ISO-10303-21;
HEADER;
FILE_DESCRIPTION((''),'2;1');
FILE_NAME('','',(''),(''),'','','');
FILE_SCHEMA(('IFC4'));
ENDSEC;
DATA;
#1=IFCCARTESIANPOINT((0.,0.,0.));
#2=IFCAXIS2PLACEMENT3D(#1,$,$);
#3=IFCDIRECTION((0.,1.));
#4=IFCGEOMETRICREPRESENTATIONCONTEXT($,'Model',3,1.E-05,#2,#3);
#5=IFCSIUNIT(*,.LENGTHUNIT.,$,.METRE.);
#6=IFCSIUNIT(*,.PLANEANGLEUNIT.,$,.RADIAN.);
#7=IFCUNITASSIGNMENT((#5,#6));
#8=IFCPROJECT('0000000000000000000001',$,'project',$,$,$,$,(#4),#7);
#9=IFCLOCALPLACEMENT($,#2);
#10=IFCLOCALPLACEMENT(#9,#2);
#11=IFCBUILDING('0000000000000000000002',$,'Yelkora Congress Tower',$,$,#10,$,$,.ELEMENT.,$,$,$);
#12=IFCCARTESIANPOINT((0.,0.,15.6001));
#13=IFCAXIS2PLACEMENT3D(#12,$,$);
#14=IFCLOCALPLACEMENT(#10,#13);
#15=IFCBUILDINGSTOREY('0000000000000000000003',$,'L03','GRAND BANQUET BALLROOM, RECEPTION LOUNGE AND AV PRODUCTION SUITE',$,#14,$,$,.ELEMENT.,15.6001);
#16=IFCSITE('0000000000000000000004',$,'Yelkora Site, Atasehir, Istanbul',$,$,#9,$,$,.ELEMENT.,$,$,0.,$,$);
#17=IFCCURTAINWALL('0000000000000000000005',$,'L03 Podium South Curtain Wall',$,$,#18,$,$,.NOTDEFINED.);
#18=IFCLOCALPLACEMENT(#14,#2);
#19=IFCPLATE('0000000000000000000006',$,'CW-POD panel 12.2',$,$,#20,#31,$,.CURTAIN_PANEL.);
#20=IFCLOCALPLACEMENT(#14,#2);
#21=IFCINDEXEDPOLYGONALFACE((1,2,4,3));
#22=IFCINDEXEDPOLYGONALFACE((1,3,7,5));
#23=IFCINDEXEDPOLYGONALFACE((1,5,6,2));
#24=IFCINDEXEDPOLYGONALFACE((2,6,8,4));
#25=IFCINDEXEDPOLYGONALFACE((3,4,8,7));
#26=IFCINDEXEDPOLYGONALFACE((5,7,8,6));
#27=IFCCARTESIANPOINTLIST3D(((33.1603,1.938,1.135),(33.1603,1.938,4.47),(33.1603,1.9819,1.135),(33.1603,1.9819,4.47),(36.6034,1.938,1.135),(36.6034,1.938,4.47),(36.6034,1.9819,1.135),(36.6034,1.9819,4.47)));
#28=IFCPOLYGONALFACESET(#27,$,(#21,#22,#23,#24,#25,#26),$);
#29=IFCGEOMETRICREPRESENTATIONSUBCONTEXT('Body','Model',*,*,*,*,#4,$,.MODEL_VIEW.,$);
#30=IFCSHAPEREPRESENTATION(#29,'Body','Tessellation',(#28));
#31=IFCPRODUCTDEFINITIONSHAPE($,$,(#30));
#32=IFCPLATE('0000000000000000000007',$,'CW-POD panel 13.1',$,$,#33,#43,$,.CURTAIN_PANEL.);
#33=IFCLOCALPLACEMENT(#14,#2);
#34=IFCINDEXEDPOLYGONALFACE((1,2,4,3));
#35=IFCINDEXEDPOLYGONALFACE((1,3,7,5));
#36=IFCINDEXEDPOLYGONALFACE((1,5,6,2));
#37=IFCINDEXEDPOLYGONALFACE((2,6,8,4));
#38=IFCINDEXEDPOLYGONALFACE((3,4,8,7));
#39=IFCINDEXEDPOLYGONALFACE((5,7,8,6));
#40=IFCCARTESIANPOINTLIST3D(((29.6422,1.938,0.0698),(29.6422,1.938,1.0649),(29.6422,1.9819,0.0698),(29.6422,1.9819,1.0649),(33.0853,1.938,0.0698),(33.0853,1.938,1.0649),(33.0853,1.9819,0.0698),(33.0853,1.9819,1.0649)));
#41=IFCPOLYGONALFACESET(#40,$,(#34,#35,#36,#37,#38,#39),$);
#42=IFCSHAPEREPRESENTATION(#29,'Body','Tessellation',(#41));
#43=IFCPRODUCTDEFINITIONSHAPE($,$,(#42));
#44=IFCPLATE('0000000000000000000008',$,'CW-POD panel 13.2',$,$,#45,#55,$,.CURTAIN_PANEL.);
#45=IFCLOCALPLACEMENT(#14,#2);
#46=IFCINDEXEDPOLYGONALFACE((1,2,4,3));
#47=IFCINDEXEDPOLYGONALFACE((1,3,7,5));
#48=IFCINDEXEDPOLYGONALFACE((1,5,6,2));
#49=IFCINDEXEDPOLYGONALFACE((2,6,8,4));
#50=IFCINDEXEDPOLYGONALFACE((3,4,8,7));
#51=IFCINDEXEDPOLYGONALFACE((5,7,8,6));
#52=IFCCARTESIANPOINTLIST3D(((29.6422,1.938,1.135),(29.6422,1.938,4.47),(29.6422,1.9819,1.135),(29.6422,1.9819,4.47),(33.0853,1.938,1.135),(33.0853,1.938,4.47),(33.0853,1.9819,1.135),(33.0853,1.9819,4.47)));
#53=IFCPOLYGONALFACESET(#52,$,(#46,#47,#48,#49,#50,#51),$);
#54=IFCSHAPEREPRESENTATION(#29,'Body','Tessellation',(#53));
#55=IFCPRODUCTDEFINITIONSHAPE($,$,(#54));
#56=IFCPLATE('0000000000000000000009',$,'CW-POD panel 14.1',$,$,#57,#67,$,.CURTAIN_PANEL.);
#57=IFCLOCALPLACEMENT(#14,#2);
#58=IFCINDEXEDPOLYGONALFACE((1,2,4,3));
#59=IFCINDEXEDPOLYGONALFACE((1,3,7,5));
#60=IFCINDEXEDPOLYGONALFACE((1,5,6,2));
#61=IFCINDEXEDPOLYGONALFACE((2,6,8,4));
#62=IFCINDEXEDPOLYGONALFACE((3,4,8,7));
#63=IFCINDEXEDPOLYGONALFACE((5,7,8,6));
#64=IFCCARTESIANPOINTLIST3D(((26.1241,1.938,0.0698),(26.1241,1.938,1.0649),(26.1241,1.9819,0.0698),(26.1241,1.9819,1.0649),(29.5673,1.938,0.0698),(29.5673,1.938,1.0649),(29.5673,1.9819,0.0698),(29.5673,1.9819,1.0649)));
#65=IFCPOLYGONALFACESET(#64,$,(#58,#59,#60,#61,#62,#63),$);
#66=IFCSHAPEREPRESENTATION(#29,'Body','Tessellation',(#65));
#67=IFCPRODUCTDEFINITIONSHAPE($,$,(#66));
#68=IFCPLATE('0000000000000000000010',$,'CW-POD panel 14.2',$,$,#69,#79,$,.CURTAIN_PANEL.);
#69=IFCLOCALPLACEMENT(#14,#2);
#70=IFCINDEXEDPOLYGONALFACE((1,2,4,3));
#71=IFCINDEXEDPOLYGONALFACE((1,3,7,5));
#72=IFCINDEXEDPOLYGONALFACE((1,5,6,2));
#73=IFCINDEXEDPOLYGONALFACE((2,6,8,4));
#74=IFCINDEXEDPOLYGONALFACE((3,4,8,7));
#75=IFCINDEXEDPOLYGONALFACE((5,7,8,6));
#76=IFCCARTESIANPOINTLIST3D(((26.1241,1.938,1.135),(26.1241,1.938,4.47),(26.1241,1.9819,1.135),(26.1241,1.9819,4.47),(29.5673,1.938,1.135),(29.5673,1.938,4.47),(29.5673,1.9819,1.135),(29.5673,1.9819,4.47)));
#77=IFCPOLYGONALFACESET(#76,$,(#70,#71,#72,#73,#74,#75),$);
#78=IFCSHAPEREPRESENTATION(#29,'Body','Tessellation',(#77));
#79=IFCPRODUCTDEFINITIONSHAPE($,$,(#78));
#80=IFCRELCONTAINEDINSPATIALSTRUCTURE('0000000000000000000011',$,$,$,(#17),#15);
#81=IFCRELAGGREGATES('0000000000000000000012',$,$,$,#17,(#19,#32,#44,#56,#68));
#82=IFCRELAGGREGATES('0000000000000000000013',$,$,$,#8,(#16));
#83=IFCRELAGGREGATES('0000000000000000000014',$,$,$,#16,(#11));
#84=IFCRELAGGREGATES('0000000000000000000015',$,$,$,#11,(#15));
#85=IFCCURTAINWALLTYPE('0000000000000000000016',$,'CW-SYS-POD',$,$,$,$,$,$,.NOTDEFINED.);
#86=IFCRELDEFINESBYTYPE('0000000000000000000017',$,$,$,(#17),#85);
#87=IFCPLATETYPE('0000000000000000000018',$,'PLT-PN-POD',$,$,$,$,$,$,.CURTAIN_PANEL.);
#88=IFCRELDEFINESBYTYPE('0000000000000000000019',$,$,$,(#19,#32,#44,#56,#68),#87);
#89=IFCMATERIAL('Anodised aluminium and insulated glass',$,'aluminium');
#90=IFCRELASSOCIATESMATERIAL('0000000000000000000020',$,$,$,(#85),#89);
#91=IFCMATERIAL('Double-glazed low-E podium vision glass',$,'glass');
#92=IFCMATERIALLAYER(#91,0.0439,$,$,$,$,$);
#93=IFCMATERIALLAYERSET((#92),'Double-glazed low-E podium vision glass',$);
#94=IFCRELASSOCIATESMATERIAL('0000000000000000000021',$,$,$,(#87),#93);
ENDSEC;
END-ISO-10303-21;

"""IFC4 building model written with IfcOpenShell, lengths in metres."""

from ifc_helpers import new_model, si_unit, direction, frame, origin, origin_2d, place, context, subcontext, project, spatial, rectangle, extrude, material, layer, layer_set, type_object, element, aggregate, save


model = new_model("IFC4")

# Units and contexts
model_context = context("Model", 3, precision=1e-05, world=origin(), true_north=direction((0.0, 1.0)))
body_context = subcontext(model_context, "Body", "Model", "MODEL_VIEW")
ifc_project = project(units=[si_unit("LENGTHUNIT", "METRE"), si_unit("PLANEANGLEUNIT", "RADIAN")], contexts=[model_context])

# Site, building, storey
site_placement = place(None, origin())
site = spatial("IfcSite", under=ifc_project, at=site_placement, Name="Yelkora Site, Atasehir, Istanbul", CompositionType="ELEMENT", RefElevation=0.0)
building_placement = place(site_placement, origin())
building = spatial("IfcBuilding", under=site, at=building_placement, Name="Yelkora Congress Tower", CompositionType="ELEMENT")
storey_placement = place(building_placement, frame((0.0, 0.0, 15.6001)))
storey = spatial("IfcBuildingStorey", under=building, at=storey_placement, Name="L03", Description="GRAND BANQUET BALLROOM, RECEPTION LOUNGE AND AV PRODUCTION SUITE", CompositionType="ELEMENT", Elevation=15.6001)

# Curtain wall, plates
ifc_material_1 = material(Name="Anodised aluminium and insulated glass", Category="aluminium")
curtain_wall_type = type_object("IfcCurtainWallType", Name="CW-SYS-POD", PredefinedType="NOTDEFINED", material=ifc_material_1)
curtain_wall_placement = place(storey_placement, origin())
curtain_wall = element("IfcCurtainWall", 1, at=curtain_wall_placement, inside=storey, type_object=curtain_wall_type, Name="L03 Podium South Curtain Wall", PredefinedType="NOTDEFINED")
ifc_material_2 = material(Name="Double-glazed low-E podium vision glass", Category="glass")
ifc_layer = layer(ifc_material_2, 0.0439)
ifc_layer_set = layer_set([ifc_layer], Name="Double-glazed low-E podium vision glass")
plate_type = type_object("IfcPlateType", Name="PLT-PN-POD", PredefinedType="CURTAIN_PANEL", material=ifc_layer_set)
plate_1_placement = place(storey_placement, frame((34.8818, 1.96, 1.135), z_axis=(0.0, 0.0, 1.0), x_axis=(-1.0, 0.0, 0.0)))
plate_1 = element("IfcPlate", 2, at=plate_1_placement, type_object=plate_type, Name="CW-POD panel 12.2", PredefinedType="CURTAIN_PANEL", context=body_context, shape_type="SweptSolid", body=[
    extrude(rectangle(XDim=3.4431, YDim=0.0439, at=origin_2d()), origin(), (0.0, 0.0, 1.0), 3.335),
])
plate_2_placement = place(storey_placement, frame((31.3638, 1.96, 0.0698), z_axis=(0.0, 0.0, 1.0), x_axis=(-1.0, 0.0, 0.0)))
plate_2 = element("IfcPlate", 3, at=plate_2_placement, type_object=plate_type, Name="CW-POD panel 13.1", PredefinedType="CURTAIN_PANEL", context=body_context, shape_type="SweptSolid", body=[
    extrude(rectangle(XDim=3.4431, YDim=0.0439, at=origin_2d()), origin(), (0.0, 0.0, 1.0), 0.9951),
])
plate_3_placement = place(storey_placement, frame((31.3638, 1.96, 1.135), z_axis=(0.0, 0.0, 1.0), x_axis=(-1.0, 0.0, 0.0)))
plate_3 = element("IfcPlate", 4, at=plate_3_placement, type_object=plate_type, Name="CW-POD panel 13.2", PredefinedType="CURTAIN_PANEL", context=body_context, shape_type="SweptSolid", body=[
    extrude(rectangle(XDim=3.4431, YDim=0.0439, at=origin_2d()), origin(), (0.0, 0.0, 1.0), 3.335),
])
plate_4_placement = place(storey_placement, frame((27.8457, 1.96, 0.0698), z_axis=(0.0, 0.0, 1.0), x_axis=(-1.0, 0.0, 0.0)))
plate_4 = element("IfcPlate", 5, at=plate_4_placement, type_object=plate_type, Name="CW-POD panel 14.1", PredefinedType="CURTAIN_PANEL", context=body_context, shape_type="SweptSolid", body=[
    extrude(rectangle(XDim=3.4431, YDim=0.0439, at=origin_2d()), origin(), (0.0, 0.0, 1.0), 0.9951),
])
plate_5_placement = place(storey_placement, frame((27.8457, 1.96, 1.135), z_axis=(0.0, 0.0, 1.0), x_axis=(-1.0, 0.0, 0.0)))
plate_5 = element("IfcPlate", 6, at=plate_5_placement, type_object=plate_type, Name="CW-POD panel 14.2", PredefinedType="CURTAIN_PANEL", context=body_context, shape_type="SweptSolid", body=[
    extrude(rectangle(XDim=3.4431, YDim=0.0439, at=origin_2d()), origin(), (0.0, 0.0, 1.0), 3.335),
])
aggregate(curtain_wall, [plate_1, plate_2, plate_3, plate_4, plate_5])

save(model, "model.ifc")
